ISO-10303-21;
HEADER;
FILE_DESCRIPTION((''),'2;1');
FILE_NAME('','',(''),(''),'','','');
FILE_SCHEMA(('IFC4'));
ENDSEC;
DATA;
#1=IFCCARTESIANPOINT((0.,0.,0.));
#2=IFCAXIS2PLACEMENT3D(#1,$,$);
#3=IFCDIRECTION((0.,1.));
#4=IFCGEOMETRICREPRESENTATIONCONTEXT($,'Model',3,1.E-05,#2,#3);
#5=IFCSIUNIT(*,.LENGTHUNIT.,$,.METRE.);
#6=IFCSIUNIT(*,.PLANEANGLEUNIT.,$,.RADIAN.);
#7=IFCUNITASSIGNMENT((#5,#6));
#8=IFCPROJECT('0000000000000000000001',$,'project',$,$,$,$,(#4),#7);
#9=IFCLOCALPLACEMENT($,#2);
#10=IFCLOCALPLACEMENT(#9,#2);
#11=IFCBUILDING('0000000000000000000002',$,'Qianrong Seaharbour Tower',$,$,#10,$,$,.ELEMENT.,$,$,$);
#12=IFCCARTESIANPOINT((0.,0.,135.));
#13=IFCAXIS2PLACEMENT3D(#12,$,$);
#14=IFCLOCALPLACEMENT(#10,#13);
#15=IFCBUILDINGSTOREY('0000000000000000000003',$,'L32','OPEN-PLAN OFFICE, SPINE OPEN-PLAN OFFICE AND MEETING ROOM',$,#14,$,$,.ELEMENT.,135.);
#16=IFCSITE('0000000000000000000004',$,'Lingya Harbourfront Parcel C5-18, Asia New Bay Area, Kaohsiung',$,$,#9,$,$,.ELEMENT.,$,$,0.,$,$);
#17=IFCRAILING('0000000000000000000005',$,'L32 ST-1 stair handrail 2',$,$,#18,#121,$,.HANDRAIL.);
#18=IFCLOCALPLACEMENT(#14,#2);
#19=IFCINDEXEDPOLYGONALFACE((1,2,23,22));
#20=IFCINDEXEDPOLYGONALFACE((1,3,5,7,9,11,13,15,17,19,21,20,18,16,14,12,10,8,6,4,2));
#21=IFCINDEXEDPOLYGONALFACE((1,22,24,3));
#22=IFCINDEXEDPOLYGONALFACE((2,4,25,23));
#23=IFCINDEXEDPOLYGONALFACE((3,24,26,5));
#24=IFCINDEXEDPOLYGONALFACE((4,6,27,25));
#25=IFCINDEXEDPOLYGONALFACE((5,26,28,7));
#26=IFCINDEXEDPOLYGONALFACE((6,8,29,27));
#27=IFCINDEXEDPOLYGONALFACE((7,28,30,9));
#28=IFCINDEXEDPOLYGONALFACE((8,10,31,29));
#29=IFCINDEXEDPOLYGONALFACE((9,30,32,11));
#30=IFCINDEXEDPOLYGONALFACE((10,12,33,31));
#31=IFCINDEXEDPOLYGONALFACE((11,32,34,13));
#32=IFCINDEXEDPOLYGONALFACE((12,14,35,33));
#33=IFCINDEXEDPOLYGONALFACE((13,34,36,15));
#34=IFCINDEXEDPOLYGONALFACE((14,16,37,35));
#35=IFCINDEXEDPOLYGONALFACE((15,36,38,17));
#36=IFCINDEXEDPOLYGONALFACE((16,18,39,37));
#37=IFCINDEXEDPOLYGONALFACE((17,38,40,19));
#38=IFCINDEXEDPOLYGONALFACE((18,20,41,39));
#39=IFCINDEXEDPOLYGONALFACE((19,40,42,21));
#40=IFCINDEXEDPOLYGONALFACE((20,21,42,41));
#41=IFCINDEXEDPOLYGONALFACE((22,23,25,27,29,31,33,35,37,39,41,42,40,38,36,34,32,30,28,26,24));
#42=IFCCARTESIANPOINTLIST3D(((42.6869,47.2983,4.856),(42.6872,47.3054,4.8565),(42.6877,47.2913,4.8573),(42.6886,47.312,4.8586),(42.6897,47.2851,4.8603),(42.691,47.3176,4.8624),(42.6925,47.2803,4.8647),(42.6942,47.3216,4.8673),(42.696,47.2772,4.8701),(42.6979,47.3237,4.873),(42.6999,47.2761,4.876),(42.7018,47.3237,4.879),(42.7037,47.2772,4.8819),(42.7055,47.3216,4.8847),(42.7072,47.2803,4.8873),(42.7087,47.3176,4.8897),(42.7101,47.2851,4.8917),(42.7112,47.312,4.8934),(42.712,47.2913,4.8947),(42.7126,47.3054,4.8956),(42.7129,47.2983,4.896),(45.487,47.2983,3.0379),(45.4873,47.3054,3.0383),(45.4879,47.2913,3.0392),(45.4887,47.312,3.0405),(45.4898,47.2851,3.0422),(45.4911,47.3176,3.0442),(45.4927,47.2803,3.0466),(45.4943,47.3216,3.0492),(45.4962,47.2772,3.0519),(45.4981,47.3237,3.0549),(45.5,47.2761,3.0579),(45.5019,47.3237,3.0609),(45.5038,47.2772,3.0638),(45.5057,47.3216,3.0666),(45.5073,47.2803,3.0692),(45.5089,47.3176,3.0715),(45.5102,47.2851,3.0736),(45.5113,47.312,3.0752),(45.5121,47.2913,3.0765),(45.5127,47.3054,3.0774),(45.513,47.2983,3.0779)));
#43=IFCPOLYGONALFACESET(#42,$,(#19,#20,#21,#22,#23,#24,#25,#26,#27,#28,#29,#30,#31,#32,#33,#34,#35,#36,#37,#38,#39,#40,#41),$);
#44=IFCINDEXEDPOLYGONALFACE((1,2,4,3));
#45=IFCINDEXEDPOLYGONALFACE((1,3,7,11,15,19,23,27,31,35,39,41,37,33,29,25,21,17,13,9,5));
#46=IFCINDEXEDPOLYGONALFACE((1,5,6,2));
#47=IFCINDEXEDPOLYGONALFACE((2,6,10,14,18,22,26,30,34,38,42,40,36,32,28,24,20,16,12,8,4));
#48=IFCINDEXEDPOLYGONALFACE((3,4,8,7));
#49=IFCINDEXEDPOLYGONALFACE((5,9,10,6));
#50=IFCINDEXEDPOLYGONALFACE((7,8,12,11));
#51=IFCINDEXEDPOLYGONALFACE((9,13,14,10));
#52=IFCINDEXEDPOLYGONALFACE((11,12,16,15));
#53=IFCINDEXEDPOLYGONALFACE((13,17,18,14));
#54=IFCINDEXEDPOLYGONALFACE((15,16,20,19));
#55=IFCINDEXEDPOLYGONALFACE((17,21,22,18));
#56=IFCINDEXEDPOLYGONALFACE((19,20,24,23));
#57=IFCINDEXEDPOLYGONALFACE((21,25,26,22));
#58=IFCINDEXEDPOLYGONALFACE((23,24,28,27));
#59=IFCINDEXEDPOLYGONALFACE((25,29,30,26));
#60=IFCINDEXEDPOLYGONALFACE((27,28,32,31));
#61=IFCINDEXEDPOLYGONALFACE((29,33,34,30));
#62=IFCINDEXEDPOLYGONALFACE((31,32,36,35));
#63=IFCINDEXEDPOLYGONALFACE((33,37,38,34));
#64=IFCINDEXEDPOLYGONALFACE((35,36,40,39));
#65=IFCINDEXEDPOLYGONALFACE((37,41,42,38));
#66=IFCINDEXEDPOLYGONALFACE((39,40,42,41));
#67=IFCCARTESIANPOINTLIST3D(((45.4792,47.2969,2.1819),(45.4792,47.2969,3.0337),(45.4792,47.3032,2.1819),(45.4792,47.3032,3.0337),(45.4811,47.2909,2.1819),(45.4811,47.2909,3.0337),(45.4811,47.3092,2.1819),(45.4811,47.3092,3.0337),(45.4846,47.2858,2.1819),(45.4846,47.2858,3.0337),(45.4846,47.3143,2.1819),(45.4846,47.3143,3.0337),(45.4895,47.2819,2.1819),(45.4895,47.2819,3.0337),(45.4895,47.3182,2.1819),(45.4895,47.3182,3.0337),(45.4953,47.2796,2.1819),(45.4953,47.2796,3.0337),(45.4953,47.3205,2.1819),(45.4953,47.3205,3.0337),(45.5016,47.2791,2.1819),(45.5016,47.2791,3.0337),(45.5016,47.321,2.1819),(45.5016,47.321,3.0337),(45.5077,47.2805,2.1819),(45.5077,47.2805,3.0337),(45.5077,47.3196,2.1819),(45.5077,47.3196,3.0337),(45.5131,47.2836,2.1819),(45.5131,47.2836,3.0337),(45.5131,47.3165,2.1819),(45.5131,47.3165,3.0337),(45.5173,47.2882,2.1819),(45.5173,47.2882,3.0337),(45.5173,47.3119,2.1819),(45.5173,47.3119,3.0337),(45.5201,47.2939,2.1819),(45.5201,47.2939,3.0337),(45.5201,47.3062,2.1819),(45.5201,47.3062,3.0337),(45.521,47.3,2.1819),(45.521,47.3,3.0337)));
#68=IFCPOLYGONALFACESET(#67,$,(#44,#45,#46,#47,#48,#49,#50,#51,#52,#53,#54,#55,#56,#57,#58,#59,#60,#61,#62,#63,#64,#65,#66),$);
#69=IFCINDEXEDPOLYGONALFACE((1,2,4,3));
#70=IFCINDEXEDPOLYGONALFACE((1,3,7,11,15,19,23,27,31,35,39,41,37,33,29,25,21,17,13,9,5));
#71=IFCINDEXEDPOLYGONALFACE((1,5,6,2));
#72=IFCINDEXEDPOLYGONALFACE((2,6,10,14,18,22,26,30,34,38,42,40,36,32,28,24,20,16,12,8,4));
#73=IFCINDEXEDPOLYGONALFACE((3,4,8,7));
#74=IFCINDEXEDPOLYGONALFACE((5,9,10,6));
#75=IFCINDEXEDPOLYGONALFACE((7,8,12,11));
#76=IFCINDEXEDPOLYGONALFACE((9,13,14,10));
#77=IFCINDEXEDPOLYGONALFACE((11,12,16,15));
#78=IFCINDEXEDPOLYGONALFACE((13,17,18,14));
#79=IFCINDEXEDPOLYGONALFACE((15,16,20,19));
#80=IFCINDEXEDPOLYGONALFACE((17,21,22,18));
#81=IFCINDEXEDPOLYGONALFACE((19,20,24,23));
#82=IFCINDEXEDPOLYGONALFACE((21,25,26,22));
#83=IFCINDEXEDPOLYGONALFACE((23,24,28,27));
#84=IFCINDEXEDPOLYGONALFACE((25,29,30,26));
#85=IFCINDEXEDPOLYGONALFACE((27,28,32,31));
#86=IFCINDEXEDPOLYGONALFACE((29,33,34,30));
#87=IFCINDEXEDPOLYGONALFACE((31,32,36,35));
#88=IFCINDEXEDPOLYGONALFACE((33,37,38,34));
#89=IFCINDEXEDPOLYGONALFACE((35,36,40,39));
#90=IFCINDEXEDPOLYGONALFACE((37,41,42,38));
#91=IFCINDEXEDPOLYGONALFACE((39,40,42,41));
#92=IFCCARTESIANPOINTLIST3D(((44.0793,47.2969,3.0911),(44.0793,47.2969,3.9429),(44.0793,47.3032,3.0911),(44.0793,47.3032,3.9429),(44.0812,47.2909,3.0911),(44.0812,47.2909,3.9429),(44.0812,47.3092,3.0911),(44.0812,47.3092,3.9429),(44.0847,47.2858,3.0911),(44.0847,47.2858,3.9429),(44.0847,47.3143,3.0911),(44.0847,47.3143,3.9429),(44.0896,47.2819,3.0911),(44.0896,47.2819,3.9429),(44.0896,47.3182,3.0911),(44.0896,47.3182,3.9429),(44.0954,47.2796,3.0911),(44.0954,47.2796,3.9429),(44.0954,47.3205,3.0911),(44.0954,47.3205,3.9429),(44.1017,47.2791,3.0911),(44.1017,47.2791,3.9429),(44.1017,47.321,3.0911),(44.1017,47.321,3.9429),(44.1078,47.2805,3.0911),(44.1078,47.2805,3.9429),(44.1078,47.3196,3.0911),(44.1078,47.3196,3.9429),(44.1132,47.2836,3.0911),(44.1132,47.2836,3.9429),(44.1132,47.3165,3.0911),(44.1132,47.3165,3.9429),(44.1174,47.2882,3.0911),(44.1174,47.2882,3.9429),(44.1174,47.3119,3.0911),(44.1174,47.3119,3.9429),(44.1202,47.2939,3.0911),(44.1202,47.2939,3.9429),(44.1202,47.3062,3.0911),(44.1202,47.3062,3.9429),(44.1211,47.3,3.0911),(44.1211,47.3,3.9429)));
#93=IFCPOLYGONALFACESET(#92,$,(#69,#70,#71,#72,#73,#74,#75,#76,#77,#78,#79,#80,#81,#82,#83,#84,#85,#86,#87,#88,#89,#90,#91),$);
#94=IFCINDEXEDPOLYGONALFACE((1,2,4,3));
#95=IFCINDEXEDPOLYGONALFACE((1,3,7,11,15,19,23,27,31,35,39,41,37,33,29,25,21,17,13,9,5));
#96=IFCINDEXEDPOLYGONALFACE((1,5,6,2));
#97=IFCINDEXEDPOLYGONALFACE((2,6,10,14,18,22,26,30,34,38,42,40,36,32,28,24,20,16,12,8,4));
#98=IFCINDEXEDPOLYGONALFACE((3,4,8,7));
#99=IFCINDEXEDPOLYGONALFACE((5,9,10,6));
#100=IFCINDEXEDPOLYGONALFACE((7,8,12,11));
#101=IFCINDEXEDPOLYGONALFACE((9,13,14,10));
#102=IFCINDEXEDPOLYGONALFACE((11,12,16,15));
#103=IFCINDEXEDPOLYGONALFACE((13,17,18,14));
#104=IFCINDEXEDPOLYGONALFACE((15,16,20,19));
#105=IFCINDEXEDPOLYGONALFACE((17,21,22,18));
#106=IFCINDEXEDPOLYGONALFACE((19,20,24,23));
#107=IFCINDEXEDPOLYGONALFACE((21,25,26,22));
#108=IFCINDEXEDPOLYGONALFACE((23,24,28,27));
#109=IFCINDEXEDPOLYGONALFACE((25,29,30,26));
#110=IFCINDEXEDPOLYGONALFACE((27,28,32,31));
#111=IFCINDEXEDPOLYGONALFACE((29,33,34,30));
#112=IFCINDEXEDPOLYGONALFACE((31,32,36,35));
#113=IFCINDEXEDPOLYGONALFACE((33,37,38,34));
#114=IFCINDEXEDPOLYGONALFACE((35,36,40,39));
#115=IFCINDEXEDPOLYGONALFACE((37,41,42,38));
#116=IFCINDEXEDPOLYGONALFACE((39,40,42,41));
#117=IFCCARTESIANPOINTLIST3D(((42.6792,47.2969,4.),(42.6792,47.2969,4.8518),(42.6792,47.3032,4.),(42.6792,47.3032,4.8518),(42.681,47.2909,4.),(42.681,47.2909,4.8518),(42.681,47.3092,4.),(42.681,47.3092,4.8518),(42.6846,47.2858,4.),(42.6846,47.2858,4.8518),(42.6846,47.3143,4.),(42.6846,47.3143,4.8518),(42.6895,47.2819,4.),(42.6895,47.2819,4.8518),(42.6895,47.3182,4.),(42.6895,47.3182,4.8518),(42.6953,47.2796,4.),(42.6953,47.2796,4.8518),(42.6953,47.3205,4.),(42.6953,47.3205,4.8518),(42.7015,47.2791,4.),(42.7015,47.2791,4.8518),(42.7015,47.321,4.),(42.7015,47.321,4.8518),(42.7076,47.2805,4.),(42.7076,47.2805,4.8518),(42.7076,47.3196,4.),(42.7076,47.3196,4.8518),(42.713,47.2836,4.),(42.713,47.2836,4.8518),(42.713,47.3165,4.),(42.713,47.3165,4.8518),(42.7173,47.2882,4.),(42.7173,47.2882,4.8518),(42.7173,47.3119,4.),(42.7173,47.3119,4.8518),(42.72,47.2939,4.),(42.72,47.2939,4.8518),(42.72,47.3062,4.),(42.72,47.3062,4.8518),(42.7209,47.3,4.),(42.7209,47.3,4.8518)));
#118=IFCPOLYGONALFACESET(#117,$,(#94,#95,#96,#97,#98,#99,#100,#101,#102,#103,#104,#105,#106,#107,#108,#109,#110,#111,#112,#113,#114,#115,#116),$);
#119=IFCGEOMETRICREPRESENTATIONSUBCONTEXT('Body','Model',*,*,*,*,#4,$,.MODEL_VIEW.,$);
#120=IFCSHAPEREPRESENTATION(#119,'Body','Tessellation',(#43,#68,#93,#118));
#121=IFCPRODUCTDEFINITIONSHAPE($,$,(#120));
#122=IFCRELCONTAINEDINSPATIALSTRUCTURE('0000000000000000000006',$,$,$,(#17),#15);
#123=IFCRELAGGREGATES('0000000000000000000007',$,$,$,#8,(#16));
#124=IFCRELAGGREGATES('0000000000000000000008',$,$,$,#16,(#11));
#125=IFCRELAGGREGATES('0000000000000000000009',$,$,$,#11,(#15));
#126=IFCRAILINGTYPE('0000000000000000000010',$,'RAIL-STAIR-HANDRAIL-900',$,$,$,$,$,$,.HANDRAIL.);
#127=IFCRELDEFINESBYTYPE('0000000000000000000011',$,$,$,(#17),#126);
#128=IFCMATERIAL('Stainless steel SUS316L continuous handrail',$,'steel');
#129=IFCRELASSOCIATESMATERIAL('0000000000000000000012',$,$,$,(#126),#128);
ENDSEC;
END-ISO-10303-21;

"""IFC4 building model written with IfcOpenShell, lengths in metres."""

from ifc_helpers import new_model, si_unit, direction, frame, origin, origin_2d, place, context, subcontext, project, spatial, circle, extrude, material, type_object, element, save


model = new_model("IFC4")

# Units and contexts
model_context = context("Model", 3, precision=1e-05, world=origin(), true_north=direction((0.0, 1.0)))
body_context = subcontext(model_context, "Body", "Model", "MODEL_VIEW")
ifc_project = project(units=[si_unit("LENGTHUNIT", "METRE"), si_unit("PLANEANGLEUNIT", "RADIAN")], contexts=[model_context])

# Site, building, storey
site_placement = place(None, origin())
site = spatial("IfcSite", under=ifc_project, at=site_placement, Name="Lingya Harbourfront Parcel C5-18, Asia New Bay Area, Kaohsiung", CompositionType="ELEMENT", RefElevation=0.0)
building_placement = place(site_placement, origin())
building = spatial("IfcBuilding", under=site, at=building_placement, Name="Qianrong Seaharbour Tower", CompositionType="ELEMENT")
storey_placement = place(building_placement, frame((0.0, 0.0, 135.0)))
storey = spatial("IfcBuildingStorey", under=building, at=storey_placement, Name="L32", Description="OPEN-PLAN OFFICE, SPINE OPEN-PLAN OFFICE AND MEETING ROOM", CompositionType="ELEMENT", Elevation=135.0)

# Railing
ifc_material_1 = material(Name="Stainless steel SUS316L continuous handrail", Category="steel")
railing_type_1 = type_object("IfcRailingType", Name="RAIL-STAIR-HANDRAIL-900", PredefinedType="HANDRAIL", material=ifc_material_1)
railing_1_placement = place(storey_placement, frame((45.5, 47.3, 2.1819)))
element("IfcRailing", 1, at=railing_1_placement, inside=storey, type_object=railing_type_1, Name="L32 ST-1 stair handrail 2", PredefinedType="HANDRAIL", context=body_context, shape_type="SweptSolid", body=[
    extrude(circle(Radius=0.0239, at=origin_2d()), frame((0.0, 0.0, 0.876), z_axis=(-0.838706, 0.0, 0.544585), x_axis=(0.0, -1.0, 0.0)), (0.0, 0.0, 1.0), 3.3386),
    extrude(circle(Radius=0.021, at=origin_2d()), origin(), (0.0, 0.0, 1.0), 0.8518),
    extrude(circle(Radius=0.021, at=origin_2d()), frame((-1.3999, 0.0, 0.9092)), (0.0, 0.0, 1.0), 0.8518),
    extrude(circle(Radius=0.021, at=origin_2d()), frame((-2.8, 0.0, 1.8181)), (0.0, 0.0, 1.0), 0.8518),
])

save(model, "model.ifc")
